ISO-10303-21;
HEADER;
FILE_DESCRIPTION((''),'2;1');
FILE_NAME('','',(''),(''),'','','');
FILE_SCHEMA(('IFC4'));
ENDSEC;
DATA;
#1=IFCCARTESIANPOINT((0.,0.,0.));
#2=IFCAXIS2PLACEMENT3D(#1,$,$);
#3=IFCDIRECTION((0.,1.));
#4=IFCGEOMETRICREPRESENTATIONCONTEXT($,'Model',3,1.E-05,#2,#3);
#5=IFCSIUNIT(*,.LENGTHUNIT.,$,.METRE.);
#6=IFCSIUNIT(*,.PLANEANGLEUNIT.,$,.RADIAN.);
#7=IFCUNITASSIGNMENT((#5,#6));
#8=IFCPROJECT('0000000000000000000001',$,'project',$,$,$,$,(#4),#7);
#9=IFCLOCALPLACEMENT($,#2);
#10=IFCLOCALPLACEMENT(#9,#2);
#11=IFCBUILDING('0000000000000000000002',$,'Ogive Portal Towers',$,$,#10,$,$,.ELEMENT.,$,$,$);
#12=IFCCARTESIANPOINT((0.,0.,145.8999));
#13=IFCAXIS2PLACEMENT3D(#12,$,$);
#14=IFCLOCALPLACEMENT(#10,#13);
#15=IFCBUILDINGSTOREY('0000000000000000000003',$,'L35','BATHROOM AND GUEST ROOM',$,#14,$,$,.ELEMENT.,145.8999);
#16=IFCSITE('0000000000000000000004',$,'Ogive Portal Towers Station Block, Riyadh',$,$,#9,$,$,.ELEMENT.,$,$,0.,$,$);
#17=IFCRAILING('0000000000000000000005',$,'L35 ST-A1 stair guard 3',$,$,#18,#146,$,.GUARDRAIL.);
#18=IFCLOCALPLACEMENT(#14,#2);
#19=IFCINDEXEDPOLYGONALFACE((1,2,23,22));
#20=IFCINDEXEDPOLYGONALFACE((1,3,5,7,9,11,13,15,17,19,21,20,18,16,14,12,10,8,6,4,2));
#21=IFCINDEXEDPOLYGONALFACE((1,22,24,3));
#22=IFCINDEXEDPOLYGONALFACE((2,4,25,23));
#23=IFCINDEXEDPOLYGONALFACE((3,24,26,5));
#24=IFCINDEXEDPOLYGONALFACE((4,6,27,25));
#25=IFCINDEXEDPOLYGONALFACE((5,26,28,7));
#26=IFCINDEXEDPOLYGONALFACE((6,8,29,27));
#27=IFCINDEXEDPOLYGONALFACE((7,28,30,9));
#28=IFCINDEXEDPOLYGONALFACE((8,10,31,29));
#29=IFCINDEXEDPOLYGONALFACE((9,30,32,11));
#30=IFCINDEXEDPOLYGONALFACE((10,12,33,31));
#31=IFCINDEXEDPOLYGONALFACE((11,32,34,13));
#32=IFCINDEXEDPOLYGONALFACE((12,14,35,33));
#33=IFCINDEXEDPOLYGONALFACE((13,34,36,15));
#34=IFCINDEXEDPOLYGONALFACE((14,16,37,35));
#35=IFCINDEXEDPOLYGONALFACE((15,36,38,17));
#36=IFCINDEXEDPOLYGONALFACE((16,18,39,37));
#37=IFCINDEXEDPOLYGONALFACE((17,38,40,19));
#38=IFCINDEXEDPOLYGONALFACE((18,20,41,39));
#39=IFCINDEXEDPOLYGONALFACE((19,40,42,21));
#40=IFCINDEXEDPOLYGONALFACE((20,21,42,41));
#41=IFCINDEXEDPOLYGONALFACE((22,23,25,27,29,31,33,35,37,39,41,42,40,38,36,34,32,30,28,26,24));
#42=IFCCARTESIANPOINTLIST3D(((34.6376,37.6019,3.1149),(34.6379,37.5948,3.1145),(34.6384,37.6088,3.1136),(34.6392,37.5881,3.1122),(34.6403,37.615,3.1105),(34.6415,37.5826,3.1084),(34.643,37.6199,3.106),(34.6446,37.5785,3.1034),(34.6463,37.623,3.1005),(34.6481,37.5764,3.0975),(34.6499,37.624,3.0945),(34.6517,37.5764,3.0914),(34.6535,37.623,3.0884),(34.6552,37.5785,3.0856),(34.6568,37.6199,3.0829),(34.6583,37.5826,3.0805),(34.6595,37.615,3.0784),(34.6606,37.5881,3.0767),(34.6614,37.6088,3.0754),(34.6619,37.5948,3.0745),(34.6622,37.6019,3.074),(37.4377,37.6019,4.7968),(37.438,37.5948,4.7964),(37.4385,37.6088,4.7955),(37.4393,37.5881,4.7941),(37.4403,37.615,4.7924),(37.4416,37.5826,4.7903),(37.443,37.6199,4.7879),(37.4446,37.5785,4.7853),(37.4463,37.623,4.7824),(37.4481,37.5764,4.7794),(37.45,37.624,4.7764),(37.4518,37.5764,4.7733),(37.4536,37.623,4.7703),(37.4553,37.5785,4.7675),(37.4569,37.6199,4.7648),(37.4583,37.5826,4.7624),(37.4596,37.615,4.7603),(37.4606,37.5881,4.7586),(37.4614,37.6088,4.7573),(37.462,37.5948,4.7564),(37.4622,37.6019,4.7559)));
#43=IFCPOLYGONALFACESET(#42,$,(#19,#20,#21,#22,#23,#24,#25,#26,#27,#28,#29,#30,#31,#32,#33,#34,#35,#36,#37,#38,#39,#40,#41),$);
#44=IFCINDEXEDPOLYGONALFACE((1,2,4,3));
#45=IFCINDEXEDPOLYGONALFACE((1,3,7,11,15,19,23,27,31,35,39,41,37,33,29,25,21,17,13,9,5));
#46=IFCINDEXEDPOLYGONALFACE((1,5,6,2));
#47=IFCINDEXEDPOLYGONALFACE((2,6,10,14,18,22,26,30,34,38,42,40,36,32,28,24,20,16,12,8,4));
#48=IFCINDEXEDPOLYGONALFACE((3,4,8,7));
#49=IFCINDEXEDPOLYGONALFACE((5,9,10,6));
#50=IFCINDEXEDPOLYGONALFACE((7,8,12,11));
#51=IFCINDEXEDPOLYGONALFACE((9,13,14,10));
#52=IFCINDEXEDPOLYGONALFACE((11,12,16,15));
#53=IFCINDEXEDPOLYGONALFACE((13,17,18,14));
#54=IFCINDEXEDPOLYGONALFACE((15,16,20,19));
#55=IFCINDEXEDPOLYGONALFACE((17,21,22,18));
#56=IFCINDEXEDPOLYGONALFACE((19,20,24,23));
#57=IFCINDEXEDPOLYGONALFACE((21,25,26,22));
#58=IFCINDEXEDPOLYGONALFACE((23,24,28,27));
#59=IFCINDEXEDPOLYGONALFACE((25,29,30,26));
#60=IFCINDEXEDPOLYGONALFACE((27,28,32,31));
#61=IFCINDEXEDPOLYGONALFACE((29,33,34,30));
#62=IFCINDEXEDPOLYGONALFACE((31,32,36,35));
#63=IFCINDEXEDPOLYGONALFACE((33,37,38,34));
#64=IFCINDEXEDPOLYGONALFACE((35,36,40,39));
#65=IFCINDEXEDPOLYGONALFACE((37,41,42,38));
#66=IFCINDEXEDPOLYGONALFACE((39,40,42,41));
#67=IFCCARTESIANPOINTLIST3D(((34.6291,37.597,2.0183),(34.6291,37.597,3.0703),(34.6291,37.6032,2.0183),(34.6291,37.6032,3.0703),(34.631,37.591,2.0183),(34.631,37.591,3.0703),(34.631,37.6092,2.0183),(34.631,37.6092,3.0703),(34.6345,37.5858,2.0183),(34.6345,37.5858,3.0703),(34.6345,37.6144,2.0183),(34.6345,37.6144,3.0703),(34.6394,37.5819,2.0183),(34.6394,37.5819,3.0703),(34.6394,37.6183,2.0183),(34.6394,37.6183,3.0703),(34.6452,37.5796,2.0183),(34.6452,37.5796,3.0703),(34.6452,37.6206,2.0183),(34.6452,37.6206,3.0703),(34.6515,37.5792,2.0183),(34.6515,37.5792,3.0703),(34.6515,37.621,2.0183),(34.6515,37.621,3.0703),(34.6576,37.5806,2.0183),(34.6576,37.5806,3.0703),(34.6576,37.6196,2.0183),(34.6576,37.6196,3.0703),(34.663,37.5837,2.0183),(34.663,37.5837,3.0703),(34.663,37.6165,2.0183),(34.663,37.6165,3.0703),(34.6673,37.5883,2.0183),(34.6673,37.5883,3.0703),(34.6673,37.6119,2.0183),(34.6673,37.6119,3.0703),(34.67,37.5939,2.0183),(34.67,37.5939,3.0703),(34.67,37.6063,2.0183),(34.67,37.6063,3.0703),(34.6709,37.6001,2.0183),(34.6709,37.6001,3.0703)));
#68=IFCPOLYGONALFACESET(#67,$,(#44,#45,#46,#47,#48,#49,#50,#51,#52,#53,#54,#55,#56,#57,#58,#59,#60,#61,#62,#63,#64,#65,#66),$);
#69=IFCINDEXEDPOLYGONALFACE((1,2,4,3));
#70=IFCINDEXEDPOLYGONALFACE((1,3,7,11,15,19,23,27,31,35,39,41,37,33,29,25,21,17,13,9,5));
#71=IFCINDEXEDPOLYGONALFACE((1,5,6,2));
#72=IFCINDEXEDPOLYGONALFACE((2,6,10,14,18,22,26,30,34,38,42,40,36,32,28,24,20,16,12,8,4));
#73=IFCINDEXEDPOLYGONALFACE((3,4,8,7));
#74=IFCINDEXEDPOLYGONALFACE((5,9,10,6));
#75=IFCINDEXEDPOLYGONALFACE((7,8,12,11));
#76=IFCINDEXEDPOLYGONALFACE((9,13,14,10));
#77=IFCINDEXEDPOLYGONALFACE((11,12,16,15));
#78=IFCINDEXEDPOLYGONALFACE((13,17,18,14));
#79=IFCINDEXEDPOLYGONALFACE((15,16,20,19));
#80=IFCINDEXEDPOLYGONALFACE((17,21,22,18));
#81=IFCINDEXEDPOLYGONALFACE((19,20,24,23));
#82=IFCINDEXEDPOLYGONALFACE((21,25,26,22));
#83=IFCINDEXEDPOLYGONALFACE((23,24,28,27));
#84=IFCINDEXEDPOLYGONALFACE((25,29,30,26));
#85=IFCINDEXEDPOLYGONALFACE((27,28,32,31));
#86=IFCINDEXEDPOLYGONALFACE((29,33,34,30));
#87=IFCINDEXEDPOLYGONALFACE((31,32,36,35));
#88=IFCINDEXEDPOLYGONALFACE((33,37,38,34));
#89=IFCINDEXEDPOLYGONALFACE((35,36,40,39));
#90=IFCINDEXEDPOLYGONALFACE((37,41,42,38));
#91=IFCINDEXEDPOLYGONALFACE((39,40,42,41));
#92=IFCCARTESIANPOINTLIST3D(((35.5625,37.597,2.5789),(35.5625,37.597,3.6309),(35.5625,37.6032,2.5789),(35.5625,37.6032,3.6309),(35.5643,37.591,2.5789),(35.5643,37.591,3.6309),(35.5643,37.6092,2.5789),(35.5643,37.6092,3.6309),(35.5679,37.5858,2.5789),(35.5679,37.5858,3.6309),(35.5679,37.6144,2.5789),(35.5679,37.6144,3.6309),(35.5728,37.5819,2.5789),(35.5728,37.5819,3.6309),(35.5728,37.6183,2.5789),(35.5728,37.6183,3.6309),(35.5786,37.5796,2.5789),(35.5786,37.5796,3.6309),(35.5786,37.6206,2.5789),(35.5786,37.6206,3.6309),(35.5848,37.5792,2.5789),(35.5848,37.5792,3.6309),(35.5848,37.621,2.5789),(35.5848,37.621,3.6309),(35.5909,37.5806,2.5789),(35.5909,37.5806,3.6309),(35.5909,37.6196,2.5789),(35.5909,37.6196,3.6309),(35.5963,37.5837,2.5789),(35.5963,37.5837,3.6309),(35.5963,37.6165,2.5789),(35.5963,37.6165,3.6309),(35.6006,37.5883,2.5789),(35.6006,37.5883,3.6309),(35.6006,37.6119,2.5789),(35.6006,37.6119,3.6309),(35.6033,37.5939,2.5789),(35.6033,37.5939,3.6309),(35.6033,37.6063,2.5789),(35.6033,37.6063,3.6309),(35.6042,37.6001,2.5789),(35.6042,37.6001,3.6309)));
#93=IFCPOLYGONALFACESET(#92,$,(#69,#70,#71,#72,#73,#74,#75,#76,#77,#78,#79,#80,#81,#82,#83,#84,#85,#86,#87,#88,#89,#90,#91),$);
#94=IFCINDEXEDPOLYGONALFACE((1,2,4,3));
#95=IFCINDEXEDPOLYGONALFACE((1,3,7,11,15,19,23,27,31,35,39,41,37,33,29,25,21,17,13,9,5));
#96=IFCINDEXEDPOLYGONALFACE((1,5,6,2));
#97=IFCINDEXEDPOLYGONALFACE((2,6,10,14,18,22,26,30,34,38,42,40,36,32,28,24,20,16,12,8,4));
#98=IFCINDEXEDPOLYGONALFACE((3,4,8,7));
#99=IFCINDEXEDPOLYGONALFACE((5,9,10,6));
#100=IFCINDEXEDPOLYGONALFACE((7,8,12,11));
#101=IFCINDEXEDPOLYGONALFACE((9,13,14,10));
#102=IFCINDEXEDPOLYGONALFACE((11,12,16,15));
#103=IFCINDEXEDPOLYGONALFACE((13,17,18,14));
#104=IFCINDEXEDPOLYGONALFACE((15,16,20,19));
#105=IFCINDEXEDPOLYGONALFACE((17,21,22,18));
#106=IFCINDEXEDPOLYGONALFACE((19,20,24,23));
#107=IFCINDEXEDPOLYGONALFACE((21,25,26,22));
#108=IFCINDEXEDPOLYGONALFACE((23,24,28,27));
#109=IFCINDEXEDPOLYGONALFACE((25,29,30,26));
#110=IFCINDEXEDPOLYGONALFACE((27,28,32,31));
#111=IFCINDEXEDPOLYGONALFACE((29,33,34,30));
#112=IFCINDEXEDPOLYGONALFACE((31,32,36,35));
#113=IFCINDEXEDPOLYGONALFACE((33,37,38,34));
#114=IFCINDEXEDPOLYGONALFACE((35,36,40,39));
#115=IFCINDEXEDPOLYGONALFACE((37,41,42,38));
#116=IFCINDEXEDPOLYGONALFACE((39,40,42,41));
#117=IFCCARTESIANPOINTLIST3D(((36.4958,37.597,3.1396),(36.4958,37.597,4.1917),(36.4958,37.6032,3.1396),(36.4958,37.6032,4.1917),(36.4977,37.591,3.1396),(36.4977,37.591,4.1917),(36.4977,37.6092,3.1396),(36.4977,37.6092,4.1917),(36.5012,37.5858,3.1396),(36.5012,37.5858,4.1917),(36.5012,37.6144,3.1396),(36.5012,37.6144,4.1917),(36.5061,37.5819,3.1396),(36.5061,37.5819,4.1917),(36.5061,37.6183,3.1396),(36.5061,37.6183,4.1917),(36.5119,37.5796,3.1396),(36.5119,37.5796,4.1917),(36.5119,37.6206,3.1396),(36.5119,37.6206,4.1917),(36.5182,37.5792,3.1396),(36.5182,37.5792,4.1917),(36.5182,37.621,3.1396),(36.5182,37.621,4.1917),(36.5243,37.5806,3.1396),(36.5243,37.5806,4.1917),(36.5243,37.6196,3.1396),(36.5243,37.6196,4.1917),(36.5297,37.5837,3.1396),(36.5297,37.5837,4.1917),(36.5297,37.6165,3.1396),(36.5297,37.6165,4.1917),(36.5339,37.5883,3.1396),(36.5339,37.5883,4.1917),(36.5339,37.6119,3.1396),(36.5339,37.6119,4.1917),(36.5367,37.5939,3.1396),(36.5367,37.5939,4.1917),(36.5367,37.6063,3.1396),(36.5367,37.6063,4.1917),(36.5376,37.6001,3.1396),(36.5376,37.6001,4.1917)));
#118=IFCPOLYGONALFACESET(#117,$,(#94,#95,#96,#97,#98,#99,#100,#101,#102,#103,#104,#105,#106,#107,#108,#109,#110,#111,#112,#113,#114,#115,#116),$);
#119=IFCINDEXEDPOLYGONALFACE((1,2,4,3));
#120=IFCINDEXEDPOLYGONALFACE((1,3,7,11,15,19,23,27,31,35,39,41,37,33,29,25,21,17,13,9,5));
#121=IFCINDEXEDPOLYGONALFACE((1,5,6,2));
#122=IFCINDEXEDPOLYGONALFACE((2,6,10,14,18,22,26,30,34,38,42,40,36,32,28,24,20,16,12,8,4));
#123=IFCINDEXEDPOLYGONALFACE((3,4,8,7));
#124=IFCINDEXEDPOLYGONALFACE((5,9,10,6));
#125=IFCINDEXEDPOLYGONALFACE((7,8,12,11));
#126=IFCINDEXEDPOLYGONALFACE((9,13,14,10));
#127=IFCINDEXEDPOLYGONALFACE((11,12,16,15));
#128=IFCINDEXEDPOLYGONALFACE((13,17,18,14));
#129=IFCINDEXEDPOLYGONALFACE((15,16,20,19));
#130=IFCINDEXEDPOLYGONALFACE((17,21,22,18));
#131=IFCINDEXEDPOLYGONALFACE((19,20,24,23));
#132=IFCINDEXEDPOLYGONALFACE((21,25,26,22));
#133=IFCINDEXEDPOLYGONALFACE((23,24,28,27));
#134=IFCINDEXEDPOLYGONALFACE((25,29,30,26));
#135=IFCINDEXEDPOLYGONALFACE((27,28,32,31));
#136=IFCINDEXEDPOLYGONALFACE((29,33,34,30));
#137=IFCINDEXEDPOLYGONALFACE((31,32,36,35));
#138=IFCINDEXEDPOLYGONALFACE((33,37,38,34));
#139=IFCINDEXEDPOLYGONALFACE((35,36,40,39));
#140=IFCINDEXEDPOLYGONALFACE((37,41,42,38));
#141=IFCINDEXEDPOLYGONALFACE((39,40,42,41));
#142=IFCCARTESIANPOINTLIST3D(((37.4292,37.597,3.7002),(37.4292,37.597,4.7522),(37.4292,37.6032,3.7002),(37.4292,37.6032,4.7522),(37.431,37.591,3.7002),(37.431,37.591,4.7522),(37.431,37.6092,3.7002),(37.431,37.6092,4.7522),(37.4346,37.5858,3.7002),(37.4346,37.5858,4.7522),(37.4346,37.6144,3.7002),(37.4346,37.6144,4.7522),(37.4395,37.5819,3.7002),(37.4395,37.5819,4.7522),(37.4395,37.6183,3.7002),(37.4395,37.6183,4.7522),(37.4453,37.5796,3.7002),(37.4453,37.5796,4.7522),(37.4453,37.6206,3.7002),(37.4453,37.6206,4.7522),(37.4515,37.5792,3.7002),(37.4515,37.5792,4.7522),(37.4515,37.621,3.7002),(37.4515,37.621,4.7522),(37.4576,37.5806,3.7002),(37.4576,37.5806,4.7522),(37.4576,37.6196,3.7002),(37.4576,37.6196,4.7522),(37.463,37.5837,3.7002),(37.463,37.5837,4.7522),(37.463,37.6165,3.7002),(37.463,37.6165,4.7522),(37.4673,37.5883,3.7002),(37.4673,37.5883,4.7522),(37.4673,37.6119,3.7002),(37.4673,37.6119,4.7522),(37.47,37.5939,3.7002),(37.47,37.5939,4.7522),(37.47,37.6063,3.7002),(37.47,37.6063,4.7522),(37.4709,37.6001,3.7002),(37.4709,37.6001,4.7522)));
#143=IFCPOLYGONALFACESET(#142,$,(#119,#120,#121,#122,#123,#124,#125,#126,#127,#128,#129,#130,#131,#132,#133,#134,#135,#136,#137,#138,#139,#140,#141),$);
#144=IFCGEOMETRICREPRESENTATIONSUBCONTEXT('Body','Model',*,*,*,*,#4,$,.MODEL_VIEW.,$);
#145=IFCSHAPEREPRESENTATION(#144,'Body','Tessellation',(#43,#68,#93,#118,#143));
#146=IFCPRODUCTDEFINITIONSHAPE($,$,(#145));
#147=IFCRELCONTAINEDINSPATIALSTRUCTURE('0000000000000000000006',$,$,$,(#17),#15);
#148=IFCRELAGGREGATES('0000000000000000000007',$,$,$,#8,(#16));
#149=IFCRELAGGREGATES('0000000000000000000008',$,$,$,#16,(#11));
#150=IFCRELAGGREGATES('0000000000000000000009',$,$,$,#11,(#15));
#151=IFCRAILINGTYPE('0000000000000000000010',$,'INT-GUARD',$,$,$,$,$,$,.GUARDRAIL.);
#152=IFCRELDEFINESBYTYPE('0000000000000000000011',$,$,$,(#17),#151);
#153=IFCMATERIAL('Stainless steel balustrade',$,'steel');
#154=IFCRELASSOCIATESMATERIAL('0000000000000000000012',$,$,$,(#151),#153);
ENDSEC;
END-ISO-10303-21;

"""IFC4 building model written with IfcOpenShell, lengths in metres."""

from ifc_helpers import new_model, si_unit, direction, frame, origin, origin_2d, place, context, subcontext, project, spatial, circle, extrude, material, type_object, element, save


model = new_model("IFC4")

# Units and contexts
model_context = context("Model", 3, precision=1e-05, world=origin(), true_north=direction((0.0, 1.0)))
body_context = subcontext(model_context, "Body", "Model", "MODEL_VIEW")
ifc_project = project(units=[si_unit("LENGTHUNIT", "METRE"), si_unit("PLANEANGLEUNIT", "RADIAN")], contexts=[model_context])

# Site, building, storey
site_placement = place(None, origin())
site = spatial("IfcSite", under=ifc_project, at=site_placement, Name="Ogive Portal Towers Station Block, Riyadh", CompositionType="ELEMENT", RefElevation=0.0)
building_placement = place(site_placement, origin())
building = spatial("IfcBuilding", under=site, at=building_placement, Name="Ogive Portal Towers", CompositionType="ELEMENT")
storey_placement = place(building_placement, frame((0.0, 0.0, 145.8999)))
storey = spatial("IfcBuildingStorey", under=building, at=storey_placement, Name="L35", Description="BATHROOM AND GUEST ROOM", CompositionType="ELEMENT", Elevation=145.8999)

# Railing
ifc_material_1 = material(Name="Stainless steel balustrade", Category="steel")
railing_type_1 = type_object("IfcRailingType", Name="INT-GUARD", PredefinedType="GUARDRAIL", material=ifc_material_1)
railing_1_placement = place(storey_placement, frame((34.6499, 37.6001, 2.0183)))
element("IfcRailing", 1, at=railing_1_placement, inside=storey, type_object=railing_type_1, Name="L35 ST-A1 stair guard 3", PredefinedType="GUARDRAIL", context=body_context, shape_type="SweptSolid", body=[
    extrude(circle(Radius=0.0239, at=origin_2d()), frame((0.0, 0.0, 1.0762), z_axis=(0.857242, 0.0, 0.514913), x_axis=(0.0, 1.0, 0.0)), (0.0, 0.0, 1.0), 3.2664),
    extrude(circle(Radius=0.021, at=origin_2d()), origin(), (0.0, 0.0, 1.0), 1.052),
    extrude(circle(Radius=0.021, at=origin_2d()), frame((0.9333, 0.0, 0.5605)), (0.0, 0.0, 1.0), 1.052),
    extrude(circle(Radius=0.021, at=origin_2d()), frame((1.8667, 0.0, 1.1213)), (0.0, 0.0, 1.0), 1.052),
    extrude(circle(Radius=0.021, at=origin_2d()), frame((2.8, 0.0, 1.6819)), (0.0, 0.0, 1.0), 1.052),
])

save(model, "model.ifc")
